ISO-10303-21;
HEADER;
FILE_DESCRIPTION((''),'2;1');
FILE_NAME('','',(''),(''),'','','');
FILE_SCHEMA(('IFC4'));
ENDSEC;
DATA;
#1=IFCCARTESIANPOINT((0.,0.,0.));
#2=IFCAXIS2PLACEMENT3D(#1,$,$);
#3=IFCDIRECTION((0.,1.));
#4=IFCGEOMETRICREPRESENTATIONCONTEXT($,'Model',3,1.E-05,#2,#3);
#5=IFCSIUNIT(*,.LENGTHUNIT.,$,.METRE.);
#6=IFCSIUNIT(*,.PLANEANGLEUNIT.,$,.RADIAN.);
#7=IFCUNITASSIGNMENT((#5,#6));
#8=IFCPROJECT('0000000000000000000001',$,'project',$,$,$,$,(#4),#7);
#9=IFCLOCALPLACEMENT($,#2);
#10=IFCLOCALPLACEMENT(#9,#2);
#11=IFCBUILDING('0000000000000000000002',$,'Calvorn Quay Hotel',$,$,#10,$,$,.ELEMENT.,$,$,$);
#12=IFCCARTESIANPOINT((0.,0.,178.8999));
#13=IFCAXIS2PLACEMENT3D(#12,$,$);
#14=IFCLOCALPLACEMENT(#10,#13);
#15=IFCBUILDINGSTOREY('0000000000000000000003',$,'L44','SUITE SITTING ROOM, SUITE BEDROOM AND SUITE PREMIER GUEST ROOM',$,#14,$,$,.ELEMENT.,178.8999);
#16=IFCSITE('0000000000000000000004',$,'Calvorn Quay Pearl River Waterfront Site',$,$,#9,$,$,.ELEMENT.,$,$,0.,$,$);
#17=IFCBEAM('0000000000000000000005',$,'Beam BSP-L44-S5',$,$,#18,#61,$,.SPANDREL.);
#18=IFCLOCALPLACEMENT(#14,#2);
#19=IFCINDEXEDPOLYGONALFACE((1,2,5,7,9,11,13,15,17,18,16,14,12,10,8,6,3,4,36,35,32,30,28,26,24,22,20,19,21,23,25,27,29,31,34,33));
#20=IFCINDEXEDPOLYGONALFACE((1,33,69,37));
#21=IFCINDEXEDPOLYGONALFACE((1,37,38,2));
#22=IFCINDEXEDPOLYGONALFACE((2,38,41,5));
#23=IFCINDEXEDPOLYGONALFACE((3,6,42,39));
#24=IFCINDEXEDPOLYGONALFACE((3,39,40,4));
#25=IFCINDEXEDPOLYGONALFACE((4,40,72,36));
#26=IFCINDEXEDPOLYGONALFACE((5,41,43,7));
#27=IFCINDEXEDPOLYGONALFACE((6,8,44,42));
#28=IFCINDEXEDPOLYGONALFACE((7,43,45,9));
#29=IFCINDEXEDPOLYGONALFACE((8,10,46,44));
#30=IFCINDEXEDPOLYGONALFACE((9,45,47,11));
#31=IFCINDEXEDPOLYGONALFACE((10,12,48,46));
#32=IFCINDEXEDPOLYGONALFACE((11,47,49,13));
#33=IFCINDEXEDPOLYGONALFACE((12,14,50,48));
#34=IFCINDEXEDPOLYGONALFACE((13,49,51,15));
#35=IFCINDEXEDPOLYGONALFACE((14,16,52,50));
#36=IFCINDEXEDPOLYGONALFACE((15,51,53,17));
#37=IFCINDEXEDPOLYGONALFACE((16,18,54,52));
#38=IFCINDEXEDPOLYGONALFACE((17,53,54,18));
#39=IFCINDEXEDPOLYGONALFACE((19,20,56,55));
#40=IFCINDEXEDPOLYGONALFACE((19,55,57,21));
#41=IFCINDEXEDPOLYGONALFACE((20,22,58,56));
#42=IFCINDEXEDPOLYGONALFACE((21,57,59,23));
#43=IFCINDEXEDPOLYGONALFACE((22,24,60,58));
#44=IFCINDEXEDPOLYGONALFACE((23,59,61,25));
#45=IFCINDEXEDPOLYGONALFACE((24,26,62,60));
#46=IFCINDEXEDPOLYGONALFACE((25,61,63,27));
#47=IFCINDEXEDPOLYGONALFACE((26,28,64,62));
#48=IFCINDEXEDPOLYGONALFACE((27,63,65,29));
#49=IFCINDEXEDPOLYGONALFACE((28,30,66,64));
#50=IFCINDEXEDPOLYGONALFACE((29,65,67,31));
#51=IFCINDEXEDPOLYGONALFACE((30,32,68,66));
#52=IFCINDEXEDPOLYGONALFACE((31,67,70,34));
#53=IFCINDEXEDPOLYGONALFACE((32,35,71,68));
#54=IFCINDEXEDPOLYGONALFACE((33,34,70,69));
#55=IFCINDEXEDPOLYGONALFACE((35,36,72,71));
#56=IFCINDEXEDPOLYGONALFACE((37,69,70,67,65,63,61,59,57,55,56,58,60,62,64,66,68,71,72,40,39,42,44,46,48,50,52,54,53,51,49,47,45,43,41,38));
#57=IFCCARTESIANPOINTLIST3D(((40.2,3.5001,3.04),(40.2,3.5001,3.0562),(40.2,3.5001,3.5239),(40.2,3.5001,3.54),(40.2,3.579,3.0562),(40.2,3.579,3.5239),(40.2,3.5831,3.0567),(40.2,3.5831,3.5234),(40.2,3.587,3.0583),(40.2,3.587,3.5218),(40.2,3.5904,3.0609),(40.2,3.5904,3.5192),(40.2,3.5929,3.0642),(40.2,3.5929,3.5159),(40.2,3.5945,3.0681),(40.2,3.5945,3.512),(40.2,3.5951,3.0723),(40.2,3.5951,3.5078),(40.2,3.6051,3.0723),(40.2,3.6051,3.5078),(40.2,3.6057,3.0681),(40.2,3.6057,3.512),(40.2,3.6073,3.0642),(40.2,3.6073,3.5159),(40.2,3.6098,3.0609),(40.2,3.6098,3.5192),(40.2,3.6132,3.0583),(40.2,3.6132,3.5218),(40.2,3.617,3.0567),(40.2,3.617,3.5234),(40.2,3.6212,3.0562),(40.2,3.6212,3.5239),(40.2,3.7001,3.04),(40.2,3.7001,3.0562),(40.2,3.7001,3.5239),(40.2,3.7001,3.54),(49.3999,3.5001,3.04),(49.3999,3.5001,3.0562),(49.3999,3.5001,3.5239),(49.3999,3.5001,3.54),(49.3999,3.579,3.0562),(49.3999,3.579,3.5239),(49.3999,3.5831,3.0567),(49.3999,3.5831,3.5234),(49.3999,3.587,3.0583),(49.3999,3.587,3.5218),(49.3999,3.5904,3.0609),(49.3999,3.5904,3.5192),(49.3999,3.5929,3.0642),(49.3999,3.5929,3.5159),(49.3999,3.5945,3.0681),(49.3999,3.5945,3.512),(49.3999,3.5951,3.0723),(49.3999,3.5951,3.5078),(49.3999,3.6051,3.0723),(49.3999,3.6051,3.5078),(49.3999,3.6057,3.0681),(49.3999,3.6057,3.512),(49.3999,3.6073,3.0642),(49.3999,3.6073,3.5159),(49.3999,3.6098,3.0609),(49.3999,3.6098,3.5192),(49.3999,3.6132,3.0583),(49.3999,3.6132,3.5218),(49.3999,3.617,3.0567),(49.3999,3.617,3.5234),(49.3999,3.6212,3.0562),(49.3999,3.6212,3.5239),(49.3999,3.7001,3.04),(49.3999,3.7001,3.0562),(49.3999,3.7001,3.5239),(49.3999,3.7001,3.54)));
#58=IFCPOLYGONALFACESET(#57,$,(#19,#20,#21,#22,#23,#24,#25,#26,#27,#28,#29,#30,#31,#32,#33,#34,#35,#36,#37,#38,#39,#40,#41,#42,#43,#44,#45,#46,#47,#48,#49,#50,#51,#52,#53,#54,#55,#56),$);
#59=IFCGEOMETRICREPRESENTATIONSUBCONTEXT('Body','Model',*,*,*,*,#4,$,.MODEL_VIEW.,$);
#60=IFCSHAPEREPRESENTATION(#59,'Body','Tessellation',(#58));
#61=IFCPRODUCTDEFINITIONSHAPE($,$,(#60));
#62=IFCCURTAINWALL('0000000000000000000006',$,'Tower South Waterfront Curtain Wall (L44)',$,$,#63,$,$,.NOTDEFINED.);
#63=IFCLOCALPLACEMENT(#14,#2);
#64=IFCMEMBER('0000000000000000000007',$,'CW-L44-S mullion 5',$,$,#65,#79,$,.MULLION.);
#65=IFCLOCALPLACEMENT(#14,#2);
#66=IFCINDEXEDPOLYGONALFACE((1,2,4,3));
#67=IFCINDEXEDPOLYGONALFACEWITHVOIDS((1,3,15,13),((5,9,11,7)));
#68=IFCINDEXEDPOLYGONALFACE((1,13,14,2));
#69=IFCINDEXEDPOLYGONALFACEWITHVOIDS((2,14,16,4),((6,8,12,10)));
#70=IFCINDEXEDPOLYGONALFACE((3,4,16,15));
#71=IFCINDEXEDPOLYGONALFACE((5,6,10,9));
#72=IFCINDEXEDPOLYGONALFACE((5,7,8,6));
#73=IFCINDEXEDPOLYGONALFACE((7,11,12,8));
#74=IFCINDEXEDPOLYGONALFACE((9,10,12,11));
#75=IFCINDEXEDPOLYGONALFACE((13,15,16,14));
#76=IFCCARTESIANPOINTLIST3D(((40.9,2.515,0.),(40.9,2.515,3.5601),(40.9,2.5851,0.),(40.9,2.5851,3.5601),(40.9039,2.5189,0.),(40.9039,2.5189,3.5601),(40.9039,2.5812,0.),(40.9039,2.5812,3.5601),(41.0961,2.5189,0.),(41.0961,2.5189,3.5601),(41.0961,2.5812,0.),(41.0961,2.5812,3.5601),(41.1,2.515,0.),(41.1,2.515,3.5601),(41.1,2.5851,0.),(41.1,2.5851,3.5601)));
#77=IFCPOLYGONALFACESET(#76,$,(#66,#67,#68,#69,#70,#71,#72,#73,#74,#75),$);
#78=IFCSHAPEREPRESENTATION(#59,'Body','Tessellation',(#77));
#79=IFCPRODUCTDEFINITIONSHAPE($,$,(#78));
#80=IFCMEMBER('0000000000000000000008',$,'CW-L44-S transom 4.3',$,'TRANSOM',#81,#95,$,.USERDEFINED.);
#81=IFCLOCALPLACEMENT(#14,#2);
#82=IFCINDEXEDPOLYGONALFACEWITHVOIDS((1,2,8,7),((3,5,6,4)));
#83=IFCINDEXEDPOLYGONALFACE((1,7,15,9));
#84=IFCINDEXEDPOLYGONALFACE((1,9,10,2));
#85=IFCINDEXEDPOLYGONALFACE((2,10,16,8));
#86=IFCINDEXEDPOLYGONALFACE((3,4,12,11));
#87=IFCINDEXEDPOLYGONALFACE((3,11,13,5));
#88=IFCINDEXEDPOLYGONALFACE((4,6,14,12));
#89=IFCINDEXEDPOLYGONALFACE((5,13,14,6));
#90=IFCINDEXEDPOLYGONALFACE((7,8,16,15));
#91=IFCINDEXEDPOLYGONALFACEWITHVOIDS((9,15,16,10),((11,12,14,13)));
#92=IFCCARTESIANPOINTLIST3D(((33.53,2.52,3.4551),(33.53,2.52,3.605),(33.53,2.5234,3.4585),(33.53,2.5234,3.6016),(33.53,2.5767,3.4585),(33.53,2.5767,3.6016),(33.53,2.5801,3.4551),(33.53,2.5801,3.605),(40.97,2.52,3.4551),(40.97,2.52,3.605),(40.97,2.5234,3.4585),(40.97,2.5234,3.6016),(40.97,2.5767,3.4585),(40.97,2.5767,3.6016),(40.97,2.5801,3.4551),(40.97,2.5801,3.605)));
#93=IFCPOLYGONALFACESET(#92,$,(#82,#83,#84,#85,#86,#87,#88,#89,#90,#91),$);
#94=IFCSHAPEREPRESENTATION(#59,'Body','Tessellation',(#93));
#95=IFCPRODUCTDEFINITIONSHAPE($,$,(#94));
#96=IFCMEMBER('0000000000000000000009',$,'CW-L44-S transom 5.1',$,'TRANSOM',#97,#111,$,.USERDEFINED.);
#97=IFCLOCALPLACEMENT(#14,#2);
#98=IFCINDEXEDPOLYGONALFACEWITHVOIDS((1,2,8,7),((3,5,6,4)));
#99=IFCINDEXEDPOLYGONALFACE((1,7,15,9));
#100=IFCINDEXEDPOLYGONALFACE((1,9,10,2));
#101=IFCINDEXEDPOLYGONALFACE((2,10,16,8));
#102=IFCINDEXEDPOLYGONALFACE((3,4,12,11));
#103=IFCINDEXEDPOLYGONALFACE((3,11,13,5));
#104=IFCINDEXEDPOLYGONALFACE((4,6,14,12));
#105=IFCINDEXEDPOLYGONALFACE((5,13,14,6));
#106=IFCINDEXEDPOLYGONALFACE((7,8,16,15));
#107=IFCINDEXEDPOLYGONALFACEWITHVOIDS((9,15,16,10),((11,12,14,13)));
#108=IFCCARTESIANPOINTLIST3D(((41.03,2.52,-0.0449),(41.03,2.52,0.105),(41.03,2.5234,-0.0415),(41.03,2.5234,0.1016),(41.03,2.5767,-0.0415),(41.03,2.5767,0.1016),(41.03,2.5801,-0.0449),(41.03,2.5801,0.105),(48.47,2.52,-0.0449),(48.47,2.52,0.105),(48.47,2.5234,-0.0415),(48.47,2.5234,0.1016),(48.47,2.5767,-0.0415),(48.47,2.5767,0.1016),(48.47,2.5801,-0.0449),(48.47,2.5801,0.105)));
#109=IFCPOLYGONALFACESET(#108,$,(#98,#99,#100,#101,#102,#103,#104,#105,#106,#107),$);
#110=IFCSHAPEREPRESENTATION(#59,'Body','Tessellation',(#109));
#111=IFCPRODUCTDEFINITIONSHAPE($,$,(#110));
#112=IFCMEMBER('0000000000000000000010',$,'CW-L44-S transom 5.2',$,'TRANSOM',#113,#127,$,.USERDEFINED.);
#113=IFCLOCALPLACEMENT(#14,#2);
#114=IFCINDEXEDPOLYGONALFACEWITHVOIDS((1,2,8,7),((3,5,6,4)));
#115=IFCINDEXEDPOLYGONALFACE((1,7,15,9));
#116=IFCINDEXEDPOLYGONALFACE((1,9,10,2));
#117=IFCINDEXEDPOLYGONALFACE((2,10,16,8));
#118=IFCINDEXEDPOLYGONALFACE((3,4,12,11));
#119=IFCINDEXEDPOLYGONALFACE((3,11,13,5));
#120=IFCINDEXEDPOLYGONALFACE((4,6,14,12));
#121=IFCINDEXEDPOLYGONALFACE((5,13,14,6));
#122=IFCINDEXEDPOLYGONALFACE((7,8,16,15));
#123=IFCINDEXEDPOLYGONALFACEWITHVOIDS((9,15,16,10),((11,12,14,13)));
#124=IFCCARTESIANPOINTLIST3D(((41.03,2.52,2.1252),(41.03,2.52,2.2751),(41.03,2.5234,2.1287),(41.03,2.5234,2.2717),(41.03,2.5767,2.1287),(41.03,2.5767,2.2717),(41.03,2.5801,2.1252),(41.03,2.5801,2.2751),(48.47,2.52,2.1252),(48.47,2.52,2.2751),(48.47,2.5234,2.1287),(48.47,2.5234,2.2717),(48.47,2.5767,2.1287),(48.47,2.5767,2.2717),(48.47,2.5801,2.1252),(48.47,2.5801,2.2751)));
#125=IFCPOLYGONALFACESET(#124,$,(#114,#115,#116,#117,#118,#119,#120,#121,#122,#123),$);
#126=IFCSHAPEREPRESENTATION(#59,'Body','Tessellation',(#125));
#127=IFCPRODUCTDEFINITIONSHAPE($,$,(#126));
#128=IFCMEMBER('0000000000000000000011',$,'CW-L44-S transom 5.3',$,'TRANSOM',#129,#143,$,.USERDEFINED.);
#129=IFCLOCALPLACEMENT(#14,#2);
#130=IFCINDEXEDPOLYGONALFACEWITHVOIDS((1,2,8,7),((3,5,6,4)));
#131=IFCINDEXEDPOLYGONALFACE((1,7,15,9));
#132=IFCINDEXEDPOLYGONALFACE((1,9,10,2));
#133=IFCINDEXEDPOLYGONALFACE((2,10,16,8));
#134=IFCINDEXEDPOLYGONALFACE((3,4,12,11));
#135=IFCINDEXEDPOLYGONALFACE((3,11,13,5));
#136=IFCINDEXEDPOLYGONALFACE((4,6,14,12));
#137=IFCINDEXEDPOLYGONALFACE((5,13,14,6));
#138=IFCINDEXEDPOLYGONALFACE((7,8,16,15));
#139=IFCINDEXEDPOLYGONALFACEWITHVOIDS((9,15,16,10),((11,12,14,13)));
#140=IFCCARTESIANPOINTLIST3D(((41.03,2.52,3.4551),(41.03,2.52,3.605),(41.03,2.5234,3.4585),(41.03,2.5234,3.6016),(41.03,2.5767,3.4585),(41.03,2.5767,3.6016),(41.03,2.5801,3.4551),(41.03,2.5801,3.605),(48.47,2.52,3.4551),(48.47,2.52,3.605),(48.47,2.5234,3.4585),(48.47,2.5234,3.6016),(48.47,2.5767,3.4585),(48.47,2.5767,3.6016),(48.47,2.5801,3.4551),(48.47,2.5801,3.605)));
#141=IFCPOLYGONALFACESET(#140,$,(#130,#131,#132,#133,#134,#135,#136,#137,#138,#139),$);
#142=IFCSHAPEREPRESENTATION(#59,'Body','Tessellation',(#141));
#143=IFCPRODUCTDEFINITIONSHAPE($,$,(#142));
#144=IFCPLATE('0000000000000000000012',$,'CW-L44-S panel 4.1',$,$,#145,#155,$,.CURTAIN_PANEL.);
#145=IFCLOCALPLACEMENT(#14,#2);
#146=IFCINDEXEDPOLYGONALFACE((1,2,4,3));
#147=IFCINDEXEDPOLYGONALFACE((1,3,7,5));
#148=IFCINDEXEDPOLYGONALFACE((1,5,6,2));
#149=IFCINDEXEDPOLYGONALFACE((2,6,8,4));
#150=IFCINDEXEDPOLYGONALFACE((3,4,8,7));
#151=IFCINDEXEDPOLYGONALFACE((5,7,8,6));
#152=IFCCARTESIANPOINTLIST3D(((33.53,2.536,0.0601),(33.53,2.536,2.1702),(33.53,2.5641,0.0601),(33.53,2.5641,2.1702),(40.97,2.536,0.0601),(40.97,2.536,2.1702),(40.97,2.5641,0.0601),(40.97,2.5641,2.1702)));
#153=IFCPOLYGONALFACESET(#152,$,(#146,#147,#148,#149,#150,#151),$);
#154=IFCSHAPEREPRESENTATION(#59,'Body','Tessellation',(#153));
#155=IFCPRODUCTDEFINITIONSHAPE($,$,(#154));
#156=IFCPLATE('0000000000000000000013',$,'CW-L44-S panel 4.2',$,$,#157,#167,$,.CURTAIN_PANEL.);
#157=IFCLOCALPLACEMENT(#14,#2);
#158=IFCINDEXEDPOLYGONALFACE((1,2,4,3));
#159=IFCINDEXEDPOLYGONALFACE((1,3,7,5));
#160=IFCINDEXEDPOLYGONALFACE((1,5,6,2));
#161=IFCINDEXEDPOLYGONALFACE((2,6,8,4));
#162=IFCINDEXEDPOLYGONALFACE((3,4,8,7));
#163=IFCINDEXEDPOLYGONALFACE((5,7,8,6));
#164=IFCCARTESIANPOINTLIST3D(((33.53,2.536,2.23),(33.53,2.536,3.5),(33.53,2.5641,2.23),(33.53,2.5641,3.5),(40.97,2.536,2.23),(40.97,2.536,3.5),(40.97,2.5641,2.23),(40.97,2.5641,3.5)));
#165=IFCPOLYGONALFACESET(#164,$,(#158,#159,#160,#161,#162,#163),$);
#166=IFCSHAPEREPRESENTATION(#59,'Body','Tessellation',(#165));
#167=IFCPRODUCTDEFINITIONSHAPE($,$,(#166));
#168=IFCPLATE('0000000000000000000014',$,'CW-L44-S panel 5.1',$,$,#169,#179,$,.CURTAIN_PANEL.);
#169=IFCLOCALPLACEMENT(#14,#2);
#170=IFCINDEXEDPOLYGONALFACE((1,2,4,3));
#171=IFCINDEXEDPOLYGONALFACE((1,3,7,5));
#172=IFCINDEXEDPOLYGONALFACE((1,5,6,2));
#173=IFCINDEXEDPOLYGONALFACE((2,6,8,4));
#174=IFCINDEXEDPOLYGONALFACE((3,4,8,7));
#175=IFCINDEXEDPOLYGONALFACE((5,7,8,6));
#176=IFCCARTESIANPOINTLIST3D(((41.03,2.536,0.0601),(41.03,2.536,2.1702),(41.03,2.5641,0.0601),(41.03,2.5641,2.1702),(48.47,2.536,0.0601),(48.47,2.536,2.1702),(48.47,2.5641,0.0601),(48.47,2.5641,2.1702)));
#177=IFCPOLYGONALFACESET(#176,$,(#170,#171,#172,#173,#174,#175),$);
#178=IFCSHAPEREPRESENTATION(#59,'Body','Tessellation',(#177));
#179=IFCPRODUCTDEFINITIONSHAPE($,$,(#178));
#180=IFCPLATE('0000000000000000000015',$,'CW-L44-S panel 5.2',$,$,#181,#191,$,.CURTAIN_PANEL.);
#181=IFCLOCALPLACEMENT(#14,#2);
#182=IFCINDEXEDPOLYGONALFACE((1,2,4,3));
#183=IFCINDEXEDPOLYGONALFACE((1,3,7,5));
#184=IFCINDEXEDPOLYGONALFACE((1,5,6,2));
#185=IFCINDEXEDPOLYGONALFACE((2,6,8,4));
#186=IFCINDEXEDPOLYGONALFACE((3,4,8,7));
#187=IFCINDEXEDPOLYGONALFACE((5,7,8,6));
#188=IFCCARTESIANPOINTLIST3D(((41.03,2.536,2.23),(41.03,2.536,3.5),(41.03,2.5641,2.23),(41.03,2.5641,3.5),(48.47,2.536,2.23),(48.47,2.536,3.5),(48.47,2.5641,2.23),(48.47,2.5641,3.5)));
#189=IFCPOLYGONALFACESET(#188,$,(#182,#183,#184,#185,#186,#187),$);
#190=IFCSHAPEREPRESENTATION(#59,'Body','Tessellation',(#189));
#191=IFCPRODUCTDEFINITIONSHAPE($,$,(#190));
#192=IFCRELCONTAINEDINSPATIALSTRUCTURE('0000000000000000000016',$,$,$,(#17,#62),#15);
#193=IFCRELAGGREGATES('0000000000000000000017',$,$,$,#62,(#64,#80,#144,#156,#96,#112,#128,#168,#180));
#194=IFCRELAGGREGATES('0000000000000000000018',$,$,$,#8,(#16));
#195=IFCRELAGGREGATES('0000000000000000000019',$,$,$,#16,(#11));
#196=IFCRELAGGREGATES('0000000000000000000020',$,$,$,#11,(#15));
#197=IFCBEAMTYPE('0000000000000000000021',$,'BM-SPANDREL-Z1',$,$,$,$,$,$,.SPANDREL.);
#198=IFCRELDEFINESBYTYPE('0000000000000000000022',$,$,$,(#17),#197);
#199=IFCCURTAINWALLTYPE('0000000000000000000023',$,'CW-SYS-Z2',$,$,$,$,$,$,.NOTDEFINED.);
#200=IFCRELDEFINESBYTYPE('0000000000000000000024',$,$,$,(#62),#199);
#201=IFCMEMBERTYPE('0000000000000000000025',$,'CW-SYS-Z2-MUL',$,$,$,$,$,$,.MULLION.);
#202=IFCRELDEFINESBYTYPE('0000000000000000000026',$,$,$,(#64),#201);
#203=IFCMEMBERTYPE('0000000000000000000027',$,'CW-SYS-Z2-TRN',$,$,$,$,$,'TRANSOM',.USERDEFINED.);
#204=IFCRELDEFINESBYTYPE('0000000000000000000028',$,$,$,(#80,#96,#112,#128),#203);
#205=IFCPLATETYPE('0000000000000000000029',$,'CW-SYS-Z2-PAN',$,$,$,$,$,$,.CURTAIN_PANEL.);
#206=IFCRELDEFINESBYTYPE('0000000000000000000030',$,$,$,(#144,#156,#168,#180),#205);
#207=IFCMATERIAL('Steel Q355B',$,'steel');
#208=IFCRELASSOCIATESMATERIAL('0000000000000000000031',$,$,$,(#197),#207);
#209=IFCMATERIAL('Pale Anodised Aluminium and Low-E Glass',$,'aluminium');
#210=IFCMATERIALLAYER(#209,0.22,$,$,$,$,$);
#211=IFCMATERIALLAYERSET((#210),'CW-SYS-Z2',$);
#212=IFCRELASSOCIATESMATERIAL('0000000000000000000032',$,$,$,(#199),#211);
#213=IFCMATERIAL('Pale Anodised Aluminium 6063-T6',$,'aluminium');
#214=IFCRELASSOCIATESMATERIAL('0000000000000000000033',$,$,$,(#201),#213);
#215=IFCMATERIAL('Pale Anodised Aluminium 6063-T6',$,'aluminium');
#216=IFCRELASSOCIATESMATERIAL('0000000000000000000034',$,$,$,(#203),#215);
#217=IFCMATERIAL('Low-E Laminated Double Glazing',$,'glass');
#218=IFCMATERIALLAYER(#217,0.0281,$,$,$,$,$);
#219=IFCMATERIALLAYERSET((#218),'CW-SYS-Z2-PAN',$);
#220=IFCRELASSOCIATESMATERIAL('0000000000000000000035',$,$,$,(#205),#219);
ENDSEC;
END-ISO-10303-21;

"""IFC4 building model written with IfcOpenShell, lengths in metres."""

from ifc_helpers import new_model, si_unit, direction, frame, origin, origin_2d, place, context, subcontext, project, spatial, rectangle, hollow_rectangle, i_section, extrude, material, layer, layer_set, material_profile, profile_set, type_object, element, aggregate, save


model = new_model("IFC4")

# Units and contexts
model_context = context("Model", 3, precision=1e-05, world=origin(), true_north=direction((0.0, 1.0)))
body_context = subcontext(model_context, "Body", "Model", "MODEL_VIEW")
ifc_project = project(units=[si_unit("LENGTHUNIT", "METRE"), si_unit("PLANEANGLEUNIT", "RADIAN")], contexts=[model_context])

# Site, building, storey
site_placement = place(None, origin())
site = spatial("IfcSite", under=ifc_project, at=site_placement, Name="Calvorn Quay Pearl River Waterfront Site", CompositionType="ELEMENT", RefElevation=0.0)
building_placement = place(site_placement, origin())
building = spatial("IfcBuilding", under=site, at=building_placement, Name="Calvorn Quay Hotel", CompositionType="ELEMENT")
storey_placement = place(building_placement, frame((0.0, 0.0, 178.8999)))
storey = spatial("IfcBuildingStorey", under=building, at=storey_placement, Name="L44", Description="SUITE SITTING ROOM, SUITE BEDROOM AND SUITE PREMIER GUEST ROOM", CompositionType="ELEMENT", Elevation=178.8999)

# Beam
ifc_material_1 = material(Name="Steel Q355B", Category="steel")
ifc_material_profile_1 = material_profile(ifc_material_1, i_section(OverallWidth=0.2, OverallDepth=0.5, WebThickness=0.01, FlangeThickness=0.0161, FilletRadius=0.0161, at=origin_2d()), Name="HN500x200x10x16")
ifc_profile_set_1 = profile_set([ifc_material_profile_1], Name="Steel Q355B")
beam_type_1 = type_object("IfcBeamType", Name="BM-SPANDREL-Z1", PredefinedType="SPANDREL", material=ifc_profile_set_1)
beam_1_placement = place(storey_placement, frame((40.2, 3.6001, 3.29), z_axis=(1.0, 0.0, 0.0), x_axis=(0.0, 1.0, 0.0)))
element("IfcBeam", 1, at=beam_1_placement, inside=storey, type_object=beam_type_1, Name="Beam BSP-L44-S5", PredefinedType="SPANDREL", context=body_context, shape_type="SweptSolid", body=[
    extrude(i_section(OverallWidth=0.2, OverallDepth=0.5, WebThickness=0.01, FlangeThickness=0.0161, FilletRadius=0.0161, at=origin_2d()), origin(), (0.0, 0.0, 1.0), 9.2),
])

# Curtain wall, members, plates
ifc_material_2 = material(Name="Pale Anodised Aluminium and Low-E Glass", Category="aluminium")
ifc_layer_1 = layer(ifc_material_2, 0.22)
ifc_layer_set_1 = layer_set([ifc_layer_1], Name="CW-SYS-Z2")
curtain_wall_type = type_object("IfcCurtainWallType", Name="CW-SYS-Z2", PredefinedType="NOTDEFINED", material=ifc_layer_set_1)
curtain_wall_placement = place(storey_placement, origin())
curtain_wall = element("IfcCurtainWall", 2, at=curtain_wall_placement, inside=storey, type_object=curtain_wall_type, Name="Tower South Waterfront Curtain Wall (L44)", PredefinedType="NOTDEFINED")
ifc_material_3 = material(Name="Pale Anodised Aluminium 6063-T6", Category="aluminium")
ifc_material_profile_2 = material_profile(ifc_material_3, hollow_rectangle(XDim=0.0701, YDim=0.2, WallThickness=0.0039, at=origin_2d()), Name="ALU-M200x70x4")
ifc_profile_set_2 = profile_set([ifc_material_profile_2], Name="Pale Anodised Aluminium 6063-T6")
member_type_1 = type_object("IfcMemberType", Name="CW-SYS-Z2-MUL", PredefinedType="MULLION", material=ifc_profile_set_2)
member_1_placement = place(storey_placement, frame((41.0, 2.55, 0.0), z_axis=(0.0, 0.0, 1.0), x_axis=(0.0, 1.0, 0.0)))
member_1 = element("IfcMember", 3, at=member_1_placement, type_object=member_type_1, Name="CW-L44-S mullion 5", PredefinedType="MULLION", context=body_context, shape_type="SweptSolid", body=[
    extrude(hollow_rectangle(XDim=0.0701, YDim=0.2, WallThickness=0.0039, at=origin_2d()), origin(), (0.0, 0.0, 1.0), 3.5601),
])
ifc_material_4 = material(Name="Pale Anodised Aluminium 6063-T6", Category="aluminium")
ifc_material_profile_3 = material_profile(ifc_material_4, hollow_rectangle(XDim=0.0601, YDim=0.1499, WallThickness=0.0034, at=origin_2d()), Name="ALU-T150x60x3.5")
ifc_profile_set_3 = profile_set([ifc_material_profile_3], Name="Pale Anodised Aluminium 6063-T6")
member_type_2 = type_object("IfcMemberType", Name="CW-SYS-Z2-TRN", ElementType="TRANSOM", PredefinedType="USERDEFINED", material=ifc_profile_set_3)
member_2_placement = place(storey_placement, frame((33.53, 2.55, 3.53), z_axis=(1.0, 0.0, 0.0), x_axis=(0.0, 1.0, 0.0)))
member_2 = element("IfcMember", 4, at=member_2_placement, type_object=member_type_2, Name="CW-L44-S transom 4.3", ObjectType="TRANSOM", PredefinedType="USERDEFINED", context=body_context, shape_type="SweptSolid", body=[
    extrude(hollow_rectangle(XDim=0.0601, YDim=0.1499, WallThickness=0.0034, at=origin_2d()), origin(), (0.0, 0.0, 1.0), 7.4399),
])
member_3_placement = place(storey_placement, frame((41.03, 2.55, 0.03), z_axis=(1.0, 0.0, 0.0), x_axis=(0.0, 1.0, 0.0)))
member_3 = element("IfcMember", 5, at=member_3_placement, type_object=member_type_2, Name="CW-L44-S transom 5.1", ObjectType="TRANSOM", PredefinedType="USERDEFINED", context=body_context, shape_type="SweptSolid", body=[
    extrude(hollow_rectangle(XDim=0.0601, YDim=0.1499, WallThickness=0.0034, at=origin_2d()), origin(), (0.0, 0.0, 1.0), 7.4399),
])
member_4_placement = place(storey_placement, frame((41.03, 2.55, 2.2002), z_axis=(1.0, 0.0, 0.0), x_axis=(0.0, 1.0, 0.0)))
member_4 = element("IfcMember", 6, at=member_4_placement, type_object=member_type_2, Name="CW-L44-S transom 5.2", ObjectType="TRANSOM", PredefinedType="USERDEFINED", context=body_context, shape_type="SweptSolid", body=[
    extrude(hollow_rectangle(XDim=0.0601, YDim=0.1499, WallThickness=0.0034, at=origin_2d()), origin(), (0.0, 0.0, 1.0), 7.4399),
])
member_5_placement = place(storey_placement, frame((41.03, 2.55, 3.53), z_axis=(1.0, 0.0, 0.0), x_axis=(0.0, 1.0, 0.0)))
member_5 = element("IfcMember", 7, at=member_5_placement, type_object=member_type_2, Name="CW-L44-S transom 5.3", ObjectType="TRANSOM", PredefinedType="USERDEFINED", context=body_context, shape_type="SweptSolid", body=[
    extrude(hollow_rectangle(XDim=0.0601, YDim=0.1499, WallThickness=0.0034, at=origin_2d()), origin(), (0.0, 0.0, 1.0), 7.4399),
])
ifc_material_5 = material(Name="Low-E Laminated Double Glazing", Category="glass")
ifc_layer_2 = layer(ifc_material_5, 0.0281)
ifc_layer_set_2 = layer_set([ifc_layer_2], Name="CW-SYS-Z2-PAN")
plate_type = type_object("IfcPlateType", Name="CW-SYS-Z2-PAN", PredefinedType="CURTAIN_PANEL", material=ifc_layer_set_2)
plate_1_placement = place(storey_placement, frame((37.25, 2.55, 0.0601), z_axis=(0.0, 0.0, 1.0), x_axis=(1.0, 0.0, 0.0)))
plate_1 = element("IfcPlate", 8, at=plate_1_placement, type_object=plate_type, Name="CW-L44-S panel 4.1", PredefinedType="CURTAIN_PANEL", context=body_context, shape_type="SweptSolid", body=[
    extrude(rectangle(XDim=7.4399, YDim=0.0281, at=origin_2d()), origin(), (0.0, 0.0, 1.0), 2.1101),
])
plate_2_placement = place(storey_placement, frame((37.25, 2.55, 2.23), z_axis=(0.0, 0.0, 1.0), x_axis=(1.0, 0.0, 0.0)))
plate_2 = element("IfcPlate", 9, at=plate_2_placement, type_object=plate_type, Name="CW-L44-S panel 4.2", PredefinedType="CURTAIN_PANEL", context=body_context, shape_type="SweptSolid", body=[
    extrude(rectangle(XDim=7.4399, YDim=0.0281, at=origin_2d()), origin(), (0.0, 0.0, 1.0), 1.27),
])
plate_3_placement = place(storey_placement, frame((44.75, 2.55, 0.0601), z_axis=(0.0, 0.0, 1.0), x_axis=(1.0, 0.0, 0.0)))
plate_3 = element("IfcPlate", 10, at=plate_3_placement, type_object=plate_type, Name="CW-L44-S panel 5.1", PredefinedType="CURTAIN_PANEL", context=body_context, shape_type="SweptSolid", body=[
    extrude(rectangle(XDim=7.4399, YDim=0.0281, at=origin_2d()), origin(), (0.0, 0.0, 1.0), 2.1101),
])
plate_4_placement = place(storey_placement, frame((44.75, 2.55, 2.23), z_axis=(0.0, 0.0, 1.0), x_axis=(1.0, 0.0, 0.0)))
plate_4 = element("IfcPlate", 11, at=plate_4_placement, type_object=plate_type, Name="CW-L44-S panel 5.2", PredefinedType="CURTAIN_PANEL", context=body_context, shape_type="SweptSolid", body=[
    extrude(rectangle(XDim=7.4399, YDim=0.0281, at=origin_2d()), origin(), (0.0, 0.0, 1.0), 1.27),
])
aggregate(curtain_wall, [member_1, member_2, plate_1, plate_2, member_3, member_4, member_5, plate_3, plate_4])

save(model, "model.ifc")
